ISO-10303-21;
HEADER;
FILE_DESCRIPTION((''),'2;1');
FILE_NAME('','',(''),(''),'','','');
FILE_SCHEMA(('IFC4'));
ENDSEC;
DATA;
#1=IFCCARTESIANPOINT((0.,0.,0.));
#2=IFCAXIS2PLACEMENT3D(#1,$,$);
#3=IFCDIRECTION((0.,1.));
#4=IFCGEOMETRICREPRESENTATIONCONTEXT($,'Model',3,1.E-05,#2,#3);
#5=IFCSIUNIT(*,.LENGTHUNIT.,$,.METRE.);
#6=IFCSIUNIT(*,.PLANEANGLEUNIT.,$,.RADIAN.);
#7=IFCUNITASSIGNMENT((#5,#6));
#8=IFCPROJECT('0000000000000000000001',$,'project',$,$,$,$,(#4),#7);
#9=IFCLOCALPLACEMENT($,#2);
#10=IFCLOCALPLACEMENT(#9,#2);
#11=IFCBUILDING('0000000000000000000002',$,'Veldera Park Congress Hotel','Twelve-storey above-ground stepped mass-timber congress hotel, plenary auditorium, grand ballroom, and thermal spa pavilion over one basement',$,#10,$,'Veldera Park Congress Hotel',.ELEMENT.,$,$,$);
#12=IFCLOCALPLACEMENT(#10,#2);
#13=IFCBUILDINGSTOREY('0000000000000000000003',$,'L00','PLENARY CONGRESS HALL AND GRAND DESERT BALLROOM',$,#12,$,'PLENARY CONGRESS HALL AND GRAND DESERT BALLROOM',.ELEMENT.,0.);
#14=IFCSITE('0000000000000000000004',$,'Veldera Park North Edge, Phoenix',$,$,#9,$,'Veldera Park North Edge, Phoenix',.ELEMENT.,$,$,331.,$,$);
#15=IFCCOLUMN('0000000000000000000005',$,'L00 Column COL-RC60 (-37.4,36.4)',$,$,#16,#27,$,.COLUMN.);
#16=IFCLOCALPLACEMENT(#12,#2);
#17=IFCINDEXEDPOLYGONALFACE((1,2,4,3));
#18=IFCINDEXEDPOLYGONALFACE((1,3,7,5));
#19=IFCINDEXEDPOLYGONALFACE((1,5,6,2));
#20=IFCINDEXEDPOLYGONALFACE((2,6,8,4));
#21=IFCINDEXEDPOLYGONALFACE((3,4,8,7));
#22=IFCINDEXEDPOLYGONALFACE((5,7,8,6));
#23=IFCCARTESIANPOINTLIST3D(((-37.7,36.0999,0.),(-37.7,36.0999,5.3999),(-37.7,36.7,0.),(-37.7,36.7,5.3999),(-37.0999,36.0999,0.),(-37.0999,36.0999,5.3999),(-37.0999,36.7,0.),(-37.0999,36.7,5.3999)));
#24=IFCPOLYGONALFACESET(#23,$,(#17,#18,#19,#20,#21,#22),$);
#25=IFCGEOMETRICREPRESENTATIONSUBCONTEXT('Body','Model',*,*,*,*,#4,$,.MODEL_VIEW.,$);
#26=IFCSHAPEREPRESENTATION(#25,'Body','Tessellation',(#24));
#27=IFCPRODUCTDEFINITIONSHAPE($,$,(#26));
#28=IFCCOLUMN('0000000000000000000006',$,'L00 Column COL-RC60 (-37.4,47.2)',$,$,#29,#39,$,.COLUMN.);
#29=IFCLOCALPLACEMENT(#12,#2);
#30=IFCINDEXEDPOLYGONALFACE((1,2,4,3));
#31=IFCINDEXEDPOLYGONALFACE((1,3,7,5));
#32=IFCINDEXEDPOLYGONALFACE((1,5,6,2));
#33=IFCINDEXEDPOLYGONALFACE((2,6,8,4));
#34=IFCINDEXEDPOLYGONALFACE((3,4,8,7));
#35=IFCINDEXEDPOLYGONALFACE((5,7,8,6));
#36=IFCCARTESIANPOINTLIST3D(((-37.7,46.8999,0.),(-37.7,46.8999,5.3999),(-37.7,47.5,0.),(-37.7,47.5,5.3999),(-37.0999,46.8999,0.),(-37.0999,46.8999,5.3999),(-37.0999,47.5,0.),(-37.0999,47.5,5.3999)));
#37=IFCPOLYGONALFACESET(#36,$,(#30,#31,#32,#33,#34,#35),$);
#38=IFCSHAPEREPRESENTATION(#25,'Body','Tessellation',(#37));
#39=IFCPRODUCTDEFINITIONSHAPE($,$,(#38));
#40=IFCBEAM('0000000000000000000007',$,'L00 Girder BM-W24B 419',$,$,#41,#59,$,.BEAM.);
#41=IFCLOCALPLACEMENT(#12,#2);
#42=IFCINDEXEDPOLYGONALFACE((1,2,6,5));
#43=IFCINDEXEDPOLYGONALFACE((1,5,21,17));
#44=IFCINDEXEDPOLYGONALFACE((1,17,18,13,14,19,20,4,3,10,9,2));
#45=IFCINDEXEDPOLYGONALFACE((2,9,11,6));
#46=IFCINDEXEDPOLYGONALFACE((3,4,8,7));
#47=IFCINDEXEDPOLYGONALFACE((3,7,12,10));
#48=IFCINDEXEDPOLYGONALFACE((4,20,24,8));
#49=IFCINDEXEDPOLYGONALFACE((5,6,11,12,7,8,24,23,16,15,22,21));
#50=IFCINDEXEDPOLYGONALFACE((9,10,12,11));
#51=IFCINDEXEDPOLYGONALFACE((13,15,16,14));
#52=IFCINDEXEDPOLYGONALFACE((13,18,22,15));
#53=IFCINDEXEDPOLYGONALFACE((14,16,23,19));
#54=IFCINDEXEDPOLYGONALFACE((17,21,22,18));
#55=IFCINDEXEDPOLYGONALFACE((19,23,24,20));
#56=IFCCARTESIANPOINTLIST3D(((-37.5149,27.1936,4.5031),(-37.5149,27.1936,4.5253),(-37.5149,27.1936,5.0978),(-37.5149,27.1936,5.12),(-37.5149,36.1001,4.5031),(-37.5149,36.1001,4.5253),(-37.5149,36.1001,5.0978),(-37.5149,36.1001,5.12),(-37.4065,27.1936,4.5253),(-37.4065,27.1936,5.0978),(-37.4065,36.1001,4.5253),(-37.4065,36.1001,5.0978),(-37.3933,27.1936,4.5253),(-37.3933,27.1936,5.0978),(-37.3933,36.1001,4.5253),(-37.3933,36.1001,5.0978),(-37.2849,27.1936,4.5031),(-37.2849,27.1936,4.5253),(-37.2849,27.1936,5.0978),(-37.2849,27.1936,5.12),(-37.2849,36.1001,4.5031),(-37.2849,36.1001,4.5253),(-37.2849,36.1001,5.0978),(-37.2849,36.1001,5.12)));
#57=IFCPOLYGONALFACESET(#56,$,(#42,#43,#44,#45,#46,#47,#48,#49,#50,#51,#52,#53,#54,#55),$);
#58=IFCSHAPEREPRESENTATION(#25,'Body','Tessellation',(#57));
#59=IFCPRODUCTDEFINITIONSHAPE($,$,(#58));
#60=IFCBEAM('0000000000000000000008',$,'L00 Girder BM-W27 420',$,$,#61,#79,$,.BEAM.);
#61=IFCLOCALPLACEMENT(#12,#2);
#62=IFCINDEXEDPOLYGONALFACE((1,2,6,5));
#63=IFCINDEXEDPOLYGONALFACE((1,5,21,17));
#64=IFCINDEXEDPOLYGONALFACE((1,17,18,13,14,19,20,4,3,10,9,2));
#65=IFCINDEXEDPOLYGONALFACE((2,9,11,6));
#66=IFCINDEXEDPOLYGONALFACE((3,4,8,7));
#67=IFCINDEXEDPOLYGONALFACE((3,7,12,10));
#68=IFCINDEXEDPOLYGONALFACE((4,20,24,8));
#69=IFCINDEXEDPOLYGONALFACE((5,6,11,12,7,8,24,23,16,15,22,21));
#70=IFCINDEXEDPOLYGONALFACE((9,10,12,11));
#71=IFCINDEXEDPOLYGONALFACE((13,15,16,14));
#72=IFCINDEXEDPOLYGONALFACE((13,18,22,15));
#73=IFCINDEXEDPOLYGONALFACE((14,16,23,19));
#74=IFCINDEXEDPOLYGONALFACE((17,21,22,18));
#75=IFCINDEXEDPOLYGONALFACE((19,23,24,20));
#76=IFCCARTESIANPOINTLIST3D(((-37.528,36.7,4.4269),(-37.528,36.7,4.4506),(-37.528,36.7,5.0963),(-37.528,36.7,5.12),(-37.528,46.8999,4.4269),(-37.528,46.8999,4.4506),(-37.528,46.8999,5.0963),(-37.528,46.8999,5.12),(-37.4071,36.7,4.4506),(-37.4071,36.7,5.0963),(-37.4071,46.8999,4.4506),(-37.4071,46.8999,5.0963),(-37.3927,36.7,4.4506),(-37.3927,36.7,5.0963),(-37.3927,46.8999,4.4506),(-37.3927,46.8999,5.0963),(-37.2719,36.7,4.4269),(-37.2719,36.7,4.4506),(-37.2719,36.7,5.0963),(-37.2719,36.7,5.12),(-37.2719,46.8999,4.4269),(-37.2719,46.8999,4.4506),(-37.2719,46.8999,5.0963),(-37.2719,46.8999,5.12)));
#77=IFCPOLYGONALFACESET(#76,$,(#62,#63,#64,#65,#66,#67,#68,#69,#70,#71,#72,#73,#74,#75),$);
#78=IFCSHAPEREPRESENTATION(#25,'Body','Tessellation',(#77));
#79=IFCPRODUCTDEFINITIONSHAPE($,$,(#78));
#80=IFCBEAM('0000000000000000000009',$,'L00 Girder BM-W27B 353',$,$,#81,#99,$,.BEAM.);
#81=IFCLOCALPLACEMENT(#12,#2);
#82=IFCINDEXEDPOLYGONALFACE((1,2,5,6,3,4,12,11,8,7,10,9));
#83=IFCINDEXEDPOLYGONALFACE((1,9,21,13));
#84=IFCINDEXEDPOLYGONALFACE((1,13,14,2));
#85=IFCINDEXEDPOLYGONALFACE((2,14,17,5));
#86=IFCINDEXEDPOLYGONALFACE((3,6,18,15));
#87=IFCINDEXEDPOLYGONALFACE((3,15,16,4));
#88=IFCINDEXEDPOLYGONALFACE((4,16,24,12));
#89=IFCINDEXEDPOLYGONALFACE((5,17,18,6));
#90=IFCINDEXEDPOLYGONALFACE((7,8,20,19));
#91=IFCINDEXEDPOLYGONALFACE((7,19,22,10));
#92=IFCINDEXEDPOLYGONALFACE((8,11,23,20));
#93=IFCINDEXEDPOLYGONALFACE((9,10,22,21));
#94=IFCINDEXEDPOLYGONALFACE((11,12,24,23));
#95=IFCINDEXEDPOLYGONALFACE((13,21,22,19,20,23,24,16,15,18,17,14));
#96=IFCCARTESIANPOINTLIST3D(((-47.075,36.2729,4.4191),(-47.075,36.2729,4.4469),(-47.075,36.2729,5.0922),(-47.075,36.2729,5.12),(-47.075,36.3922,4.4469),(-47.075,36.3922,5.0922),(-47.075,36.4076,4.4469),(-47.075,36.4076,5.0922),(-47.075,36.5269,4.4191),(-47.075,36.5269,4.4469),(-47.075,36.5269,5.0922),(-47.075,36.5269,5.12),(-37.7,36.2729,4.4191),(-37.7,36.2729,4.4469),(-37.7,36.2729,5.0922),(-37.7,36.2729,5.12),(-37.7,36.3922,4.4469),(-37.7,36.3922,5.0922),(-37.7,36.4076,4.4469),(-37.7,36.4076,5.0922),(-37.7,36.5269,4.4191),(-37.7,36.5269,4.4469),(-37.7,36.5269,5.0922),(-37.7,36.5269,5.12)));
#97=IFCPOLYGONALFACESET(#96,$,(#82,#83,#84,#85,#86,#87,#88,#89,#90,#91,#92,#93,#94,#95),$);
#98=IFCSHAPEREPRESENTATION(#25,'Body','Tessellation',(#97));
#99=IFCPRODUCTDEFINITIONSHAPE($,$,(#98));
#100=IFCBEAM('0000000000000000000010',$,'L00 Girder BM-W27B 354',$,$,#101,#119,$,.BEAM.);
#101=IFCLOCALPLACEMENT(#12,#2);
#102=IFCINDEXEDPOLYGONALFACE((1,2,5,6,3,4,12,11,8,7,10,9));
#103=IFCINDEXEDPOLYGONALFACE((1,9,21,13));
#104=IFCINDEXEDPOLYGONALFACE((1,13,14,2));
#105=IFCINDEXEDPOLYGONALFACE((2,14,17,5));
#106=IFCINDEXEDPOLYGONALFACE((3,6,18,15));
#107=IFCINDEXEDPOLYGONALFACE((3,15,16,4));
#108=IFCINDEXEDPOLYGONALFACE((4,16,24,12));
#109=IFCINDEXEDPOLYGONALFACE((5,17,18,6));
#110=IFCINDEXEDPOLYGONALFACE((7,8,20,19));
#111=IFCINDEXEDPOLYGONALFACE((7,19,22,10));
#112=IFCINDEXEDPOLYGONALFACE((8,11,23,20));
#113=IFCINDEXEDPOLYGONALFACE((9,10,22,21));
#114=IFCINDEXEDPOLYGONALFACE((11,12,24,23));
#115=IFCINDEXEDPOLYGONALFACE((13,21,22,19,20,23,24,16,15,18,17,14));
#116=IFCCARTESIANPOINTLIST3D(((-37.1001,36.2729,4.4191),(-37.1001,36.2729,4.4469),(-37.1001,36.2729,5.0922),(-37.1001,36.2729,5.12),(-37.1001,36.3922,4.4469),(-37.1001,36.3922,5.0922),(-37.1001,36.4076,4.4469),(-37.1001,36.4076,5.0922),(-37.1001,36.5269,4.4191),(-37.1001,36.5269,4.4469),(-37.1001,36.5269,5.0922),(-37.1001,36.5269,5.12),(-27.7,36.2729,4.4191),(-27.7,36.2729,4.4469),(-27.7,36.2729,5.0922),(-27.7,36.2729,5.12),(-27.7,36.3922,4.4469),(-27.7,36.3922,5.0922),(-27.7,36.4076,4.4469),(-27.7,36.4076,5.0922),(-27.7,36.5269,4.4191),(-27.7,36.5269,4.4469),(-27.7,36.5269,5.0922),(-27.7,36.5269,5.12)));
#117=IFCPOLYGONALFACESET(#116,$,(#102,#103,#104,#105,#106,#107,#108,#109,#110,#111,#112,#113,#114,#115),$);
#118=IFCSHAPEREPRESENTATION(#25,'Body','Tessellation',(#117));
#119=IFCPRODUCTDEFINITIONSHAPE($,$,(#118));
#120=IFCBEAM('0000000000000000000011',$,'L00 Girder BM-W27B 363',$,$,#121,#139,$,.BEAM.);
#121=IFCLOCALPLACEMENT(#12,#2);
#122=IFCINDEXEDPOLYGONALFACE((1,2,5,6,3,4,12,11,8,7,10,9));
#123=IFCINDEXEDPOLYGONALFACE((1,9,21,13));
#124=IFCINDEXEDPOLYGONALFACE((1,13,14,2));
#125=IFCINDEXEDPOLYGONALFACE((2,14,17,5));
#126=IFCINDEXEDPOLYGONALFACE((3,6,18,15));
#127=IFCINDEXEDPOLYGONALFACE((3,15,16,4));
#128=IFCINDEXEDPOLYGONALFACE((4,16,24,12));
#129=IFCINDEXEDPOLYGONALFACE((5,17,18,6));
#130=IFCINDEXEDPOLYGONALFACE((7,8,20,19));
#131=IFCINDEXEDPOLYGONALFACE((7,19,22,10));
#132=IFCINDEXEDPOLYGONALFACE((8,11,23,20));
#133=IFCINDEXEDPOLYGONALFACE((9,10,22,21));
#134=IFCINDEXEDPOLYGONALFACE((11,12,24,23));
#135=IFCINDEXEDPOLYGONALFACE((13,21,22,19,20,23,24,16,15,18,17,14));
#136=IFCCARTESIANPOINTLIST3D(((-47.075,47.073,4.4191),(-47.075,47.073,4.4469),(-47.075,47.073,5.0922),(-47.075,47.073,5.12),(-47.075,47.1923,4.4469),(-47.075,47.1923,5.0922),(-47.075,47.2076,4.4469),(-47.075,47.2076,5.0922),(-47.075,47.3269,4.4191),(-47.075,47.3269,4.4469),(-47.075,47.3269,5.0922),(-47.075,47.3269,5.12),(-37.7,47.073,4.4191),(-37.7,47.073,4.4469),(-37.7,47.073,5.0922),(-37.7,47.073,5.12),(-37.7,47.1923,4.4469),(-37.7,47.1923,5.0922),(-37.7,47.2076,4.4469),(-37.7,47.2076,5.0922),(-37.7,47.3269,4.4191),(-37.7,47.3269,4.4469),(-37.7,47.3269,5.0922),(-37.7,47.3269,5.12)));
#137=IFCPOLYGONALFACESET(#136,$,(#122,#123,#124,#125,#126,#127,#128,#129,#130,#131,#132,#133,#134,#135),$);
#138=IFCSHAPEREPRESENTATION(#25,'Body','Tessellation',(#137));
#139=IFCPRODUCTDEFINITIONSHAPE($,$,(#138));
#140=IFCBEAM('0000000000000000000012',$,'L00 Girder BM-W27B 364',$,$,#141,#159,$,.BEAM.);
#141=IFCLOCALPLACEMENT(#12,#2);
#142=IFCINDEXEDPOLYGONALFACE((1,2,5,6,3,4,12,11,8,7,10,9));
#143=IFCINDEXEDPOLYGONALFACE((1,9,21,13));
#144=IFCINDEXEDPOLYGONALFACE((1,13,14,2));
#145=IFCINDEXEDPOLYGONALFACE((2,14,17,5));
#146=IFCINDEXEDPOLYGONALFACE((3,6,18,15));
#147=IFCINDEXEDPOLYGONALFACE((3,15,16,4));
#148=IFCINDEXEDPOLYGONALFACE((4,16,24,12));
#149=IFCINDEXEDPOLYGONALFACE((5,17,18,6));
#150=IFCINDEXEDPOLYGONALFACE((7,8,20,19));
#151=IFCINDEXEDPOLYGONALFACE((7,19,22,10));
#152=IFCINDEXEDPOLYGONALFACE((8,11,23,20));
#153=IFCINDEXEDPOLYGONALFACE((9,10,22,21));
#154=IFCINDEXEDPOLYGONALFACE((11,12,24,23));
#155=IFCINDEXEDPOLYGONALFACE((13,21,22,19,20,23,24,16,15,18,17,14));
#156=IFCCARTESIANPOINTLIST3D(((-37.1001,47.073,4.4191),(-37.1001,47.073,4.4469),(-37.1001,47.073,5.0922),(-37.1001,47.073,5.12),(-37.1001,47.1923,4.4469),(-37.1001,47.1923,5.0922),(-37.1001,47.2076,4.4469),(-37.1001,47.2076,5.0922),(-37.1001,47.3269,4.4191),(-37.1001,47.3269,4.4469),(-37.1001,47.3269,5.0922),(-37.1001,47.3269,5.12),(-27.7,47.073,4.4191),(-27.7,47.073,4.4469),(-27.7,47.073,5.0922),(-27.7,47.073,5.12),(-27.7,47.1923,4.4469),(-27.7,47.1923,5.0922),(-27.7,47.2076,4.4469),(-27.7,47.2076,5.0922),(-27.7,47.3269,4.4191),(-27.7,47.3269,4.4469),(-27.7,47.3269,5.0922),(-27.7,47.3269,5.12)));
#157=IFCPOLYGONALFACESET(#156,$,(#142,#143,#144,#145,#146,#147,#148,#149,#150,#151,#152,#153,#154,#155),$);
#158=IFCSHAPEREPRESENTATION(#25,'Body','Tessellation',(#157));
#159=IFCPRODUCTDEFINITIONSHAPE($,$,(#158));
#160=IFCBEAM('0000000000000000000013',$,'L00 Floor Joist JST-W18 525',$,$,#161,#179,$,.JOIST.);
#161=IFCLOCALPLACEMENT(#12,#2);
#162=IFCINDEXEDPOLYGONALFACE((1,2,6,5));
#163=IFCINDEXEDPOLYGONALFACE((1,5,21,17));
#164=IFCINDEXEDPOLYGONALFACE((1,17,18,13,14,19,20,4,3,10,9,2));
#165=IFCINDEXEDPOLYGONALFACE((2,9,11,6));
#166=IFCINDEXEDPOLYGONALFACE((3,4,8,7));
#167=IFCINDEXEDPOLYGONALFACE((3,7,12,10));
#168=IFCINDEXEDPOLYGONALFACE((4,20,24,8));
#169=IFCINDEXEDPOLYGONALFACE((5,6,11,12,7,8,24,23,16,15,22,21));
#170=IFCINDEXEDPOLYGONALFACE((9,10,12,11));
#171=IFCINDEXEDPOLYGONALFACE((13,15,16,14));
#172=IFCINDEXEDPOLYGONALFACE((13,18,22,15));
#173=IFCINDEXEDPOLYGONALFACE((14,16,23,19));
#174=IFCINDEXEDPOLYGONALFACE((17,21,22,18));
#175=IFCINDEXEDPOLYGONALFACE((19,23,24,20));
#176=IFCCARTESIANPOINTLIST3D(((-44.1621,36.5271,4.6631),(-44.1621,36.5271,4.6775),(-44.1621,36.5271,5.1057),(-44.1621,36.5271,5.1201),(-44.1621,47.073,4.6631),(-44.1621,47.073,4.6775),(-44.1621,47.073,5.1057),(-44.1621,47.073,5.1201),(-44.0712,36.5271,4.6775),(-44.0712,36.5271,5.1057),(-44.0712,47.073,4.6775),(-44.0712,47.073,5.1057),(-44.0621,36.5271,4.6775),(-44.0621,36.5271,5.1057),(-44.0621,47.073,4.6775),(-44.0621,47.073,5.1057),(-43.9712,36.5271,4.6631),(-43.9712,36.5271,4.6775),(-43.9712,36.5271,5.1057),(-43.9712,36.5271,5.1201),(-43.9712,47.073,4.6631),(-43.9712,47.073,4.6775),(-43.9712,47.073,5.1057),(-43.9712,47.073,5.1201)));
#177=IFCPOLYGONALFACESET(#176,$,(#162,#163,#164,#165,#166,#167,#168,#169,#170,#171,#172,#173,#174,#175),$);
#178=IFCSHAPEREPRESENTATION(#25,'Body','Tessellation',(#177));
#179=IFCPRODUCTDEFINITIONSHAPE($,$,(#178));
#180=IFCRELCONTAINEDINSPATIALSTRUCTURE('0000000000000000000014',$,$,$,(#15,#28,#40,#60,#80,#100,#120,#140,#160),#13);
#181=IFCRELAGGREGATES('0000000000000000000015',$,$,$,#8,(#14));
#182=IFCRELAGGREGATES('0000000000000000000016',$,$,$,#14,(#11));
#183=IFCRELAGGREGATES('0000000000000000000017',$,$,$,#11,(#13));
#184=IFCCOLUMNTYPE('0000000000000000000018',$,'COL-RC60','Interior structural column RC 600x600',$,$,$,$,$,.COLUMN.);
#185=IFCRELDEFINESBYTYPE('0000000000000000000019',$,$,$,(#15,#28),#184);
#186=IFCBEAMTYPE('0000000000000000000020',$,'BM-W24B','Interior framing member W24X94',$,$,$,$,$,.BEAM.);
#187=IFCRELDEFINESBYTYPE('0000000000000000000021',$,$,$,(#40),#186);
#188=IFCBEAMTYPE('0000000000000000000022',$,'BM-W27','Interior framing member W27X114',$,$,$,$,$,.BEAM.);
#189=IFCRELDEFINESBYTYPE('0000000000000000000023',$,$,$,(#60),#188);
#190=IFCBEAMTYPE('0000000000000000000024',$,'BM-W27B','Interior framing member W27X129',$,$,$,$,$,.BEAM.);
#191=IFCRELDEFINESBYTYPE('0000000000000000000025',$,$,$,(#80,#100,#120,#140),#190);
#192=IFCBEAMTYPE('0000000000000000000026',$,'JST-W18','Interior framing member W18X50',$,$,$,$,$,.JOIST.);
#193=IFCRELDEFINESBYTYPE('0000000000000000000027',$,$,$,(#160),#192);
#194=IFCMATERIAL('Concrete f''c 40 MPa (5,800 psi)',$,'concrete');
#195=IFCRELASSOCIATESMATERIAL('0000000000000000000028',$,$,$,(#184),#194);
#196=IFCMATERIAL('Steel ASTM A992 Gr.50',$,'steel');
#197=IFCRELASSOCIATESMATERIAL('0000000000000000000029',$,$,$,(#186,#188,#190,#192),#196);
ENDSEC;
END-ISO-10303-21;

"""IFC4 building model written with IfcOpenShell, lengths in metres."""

from ifc_helpers import new_model, si_unit, direction, frame, origin, origin_2d, place, context, subcontext, project, spatial, rectangle, i_section, extrude, material, material_profile, profile_set, type_object, element, save


model = new_model("IFC4")

# Units and contexts
model_context = context("Model", 3, precision=1e-05, world=origin(), true_north=direction((0.0, 1.0)))
body_context = subcontext(model_context, "Body", "Model", "MODEL_VIEW")
ifc_project = project(units=[si_unit("LENGTHUNIT", "METRE"), si_unit("PLANEANGLEUNIT", "RADIAN")], contexts=[model_context])

# Site, building, storey
site_placement = place(None, origin())
site = spatial("IfcSite", under=ifc_project, at=site_placement, Name="Veldera Park North Edge, Phoenix", LongName="Veldera Park North Edge, Phoenix", CompositionType="ELEMENT", RefElevation=331.0)
building_placement = place(site_placement, origin())
building = spatial("IfcBuilding", under=site, at=building_placement, Name="Veldera Park Congress Hotel", Description="Twelve-storey above-ground stepped mass-timber congress hotel, plenary auditorium, grand ballroom, and thermal spa pavilion over one basement", LongName="Veldera Park Congress Hotel", CompositionType="ELEMENT")
storey_placement = place(building_placement, origin())
storey = spatial("IfcBuildingStorey", under=building, at=storey_placement, Name="L00", Description="PLENARY CONGRESS HALL AND GRAND DESERT BALLROOM", LongName="PLENARY CONGRESS HALL AND GRAND DESERT BALLROOM", CompositionType="ELEMENT", Elevation=0.0)

# Columns
ifc_material_1 = material(Name="Concrete f'c 40 MPa (5,800 psi)", Category="concrete")
ifc_material_profile_1 = material_profile(ifc_material_1, rectangle(XDim=0.6001, YDim=0.6001, at=origin_2d()), Name="RC 600x600")
ifc_profile_set_1 = profile_set([ifc_material_profile_1], Name="Concrete f'c 40 MPa (5,800 psi)")
column_type = type_object("IfcColumnType", Name="COL-RC60", Description="Interior structural column RC 600x600", PredefinedType="COLUMN", material=ifc_profile_set_1)
for number, where, z_axis, x_axis, name in (
    (1, (-37.3999, 36.3999, 0.0), (0.0, 0.0, 1.0), (1.0, 0.0, 0.0), "L00 Column COL-RC60 (-37.4,36.4)"),
    (2, (-37.3999, 47.2, 0.0), (0.0, 0.0, 1.0), (1.0, 0.0, 0.0), "L00 Column COL-RC60 (-37.4,47.2)"),
):
    element("IfcColumn", number, at=place(storey_placement, frame(where, z_axis=z_axis, x_axis=x_axis)), inside=storey, type_object=column_type, Name=name, PredefinedType="COLUMN", context=body_context, shape_type="SweptSolid", body=[
        extrude(rectangle(XDim=0.6001, YDim=0.6001, at=origin_2d()), origin(), (0.0, 0.0, 1.0), 5.3999),
    ])

# Beams
ifc_material_2 = material(Name="Steel ASTM A992 Gr.50", Category="steel")
ifc_material_profile_2 = material_profile(ifc_material_2, i_section(OverallWidth=0.23, OverallDepth=0.6169, WebThickness=0.0132, FlangeThickness=0.0222, at=origin_2d()), Name="W24X94")
ifc_profile_set_2 = profile_set([ifc_material_profile_2], Name="Steel ASTM A992 Gr.50")
beam_type_1 = type_object("IfcBeamType", Name="BM-W24B", Description="Interior framing member W24X94", PredefinedType="BEAM", material=ifc_profile_set_2)
beam_1_placement = place(storey_placement, frame((-37.3999, 27.1936, 4.8115), z_axis=(0.0, 1.0, 0.0), x_axis=(-1.0, 0.0, 0.0)))
element("IfcBeam", 3, at=beam_1_placement, inside=storey, type_object=beam_type_1, Name="L00 Girder BM-W24B 419", PredefinedType="BEAM", context=body_context, shape_type="SweptSolid", body=[
    extrude(i_section(OverallWidth=0.23, OverallDepth=0.6169, WebThickness=0.0132, FlangeThickness=0.0222, at=origin_2d()), origin(), (0.0, 0.0, 1.0), 8.9065),
])
ifc_material_profile_3 = material_profile(ifc_material_2, i_section(OverallWidth=0.2561, OverallDepth=0.6931, WebThickness=0.0144, FlangeThickness=0.0237, at=origin_2d()), Name="W27X114")
ifc_profile_set_3 = profile_set([ifc_material_profile_3], Name="Steel ASTM A992 Gr.50")
beam_type_2 = type_object("IfcBeamType", Name="BM-W27", Description="Interior framing member W27X114", PredefinedType="BEAM", material=ifc_profile_set_3)
beam_2_placement = place(storey_placement, frame((-37.3999, 36.7, 4.7734), z_axis=(0.0, 1.0, 0.0), x_axis=(-1.0, 0.0, 0.0)))
element("IfcBeam", 4, at=beam_2_placement, inside=storey, type_object=beam_type_2, Name="L00 Girder BM-W27 420", PredefinedType="BEAM", context=body_context, shape_type="SweptSolid", body=[
    extrude(i_section(OverallWidth=0.2561, OverallDepth=0.6931, WebThickness=0.0144, FlangeThickness=0.0237, at=origin_2d()), origin(), (0.0, 0.0, 1.0), 10.2),
])
ifc_material_profile_4 = material_profile(ifc_material_2, i_section(OverallWidth=0.2539, OverallDepth=0.7009, WebThickness=0.0154, FlangeThickness=0.0278, at=origin_2d()), Name="W27X129")
ifc_profile_set_4 = profile_set([ifc_material_profile_4], Name="Steel ASTM A992 Gr.50")
beam_type_3 = type_object("IfcBeamType", Name="BM-W27B", Description="Interior framing member W27X129", PredefinedType="BEAM", material=ifc_profile_set_4)
beam_3_placement = place(storey_placement, frame((-47.075, 36.3999, 4.7695), z_axis=(1.0, 0.0, 0.0), x_axis=(0.0, 1.0, 0.0)))
element("IfcBeam", 5, at=beam_3_placement, inside=storey, type_object=beam_type_3, Name="L00 Girder BM-W27B 353", PredefinedType="BEAM", context=body_context, shape_type="SweptSolid", body=[
    extrude(i_section(OverallWidth=0.2539, OverallDepth=0.7009, WebThickness=0.0154, FlangeThickness=0.0278, at=origin_2d()), origin(), (0.0, 0.0, 1.0), 9.375),
])
beam_4_placement = place(storey_placement, frame((-37.1001, 36.3999, 4.7695), z_axis=(1.0, 0.0, 0.0), x_axis=(0.0, 1.0, 0.0)))
element("IfcBeam", 6, at=beam_4_placement, inside=storey, type_object=beam_type_3, Name="L00 Girder BM-W27B 354", PredefinedType="BEAM", context=body_context, shape_type="SweptSolid", body=[
    extrude(i_section(OverallWidth=0.2539, OverallDepth=0.7009, WebThickness=0.0154, FlangeThickness=0.0278, at=origin_2d()), origin(), (0.0, 0.0, 1.0), 9.4001),
])
beam_5_placement = place(storey_placement, frame((-47.075, 47.2, 4.7695), z_axis=(1.0, 0.0, 0.0), x_axis=(0.0, 1.0, 0.0)))
element("IfcBeam", 7, at=beam_5_placement, inside=storey, type_object=beam_type_3, Name="L00 Girder BM-W27B 363", PredefinedType="BEAM", context=body_context, shape_type="SweptSolid", body=[
    extrude(i_section(OverallWidth=0.2539, OverallDepth=0.7009, WebThickness=0.0154, FlangeThickness=0.0278, at=origin_2d()), origin(), (0.0, 0.0, 1.0), 9.375),
])
beam_6_placement = place(storey_placement, frame((-37.1001, 47.2, 4.7695), z_axis=(1.0, 0.0, 0.0), x_axis=(0.0, 1.0, 0.0)))
element("IfcBeam", 8, at=beam_6_placement, inside=storey, type_object=beam_type_3, Name="L00 Girder BM-W27B 364", PredefinedType="BEAM", context=body_context, shape_type="SweptSolid", body=[
    extrude(i_section(OverallWidth=0.2539, OverallDepth=0.7009, WebThickness=0.0154, FlangeThickness=0.0278, at=origin_2d()), origin(), (0.0, 0.0, 1.0), 9.4001),
])
ifc_material_profile_5 = material_profile(ifc_material_2, i_section(OverallWidth=0.1909, OverallDepth=0.457, WebThickness=0.009, FlangeThickness=0.0144, at=origin_2d()), Name="W18X50")
ifc_profile_set_5 = profile_set([ifc_material_profile_5], Name="Steel ASTM A992 Gr.50")
beam_type_4 = type_object("IfcBeamType", Name="JST-W18", Description="Interior framing member W18X50", PredefinedType="JOIST", material=ifc_profile_set_5)
for number, where, z_axis, x_axis, name in (
    (9, (-44.0667, 36.5271, 4.8916), (0.0, 1.0, 0.0), (-1.0, 0.0, 0.0), "L00 Floor Joist JST-W18 525"),
):
    element("IfcBeam", number, at=place(storey_placement, frame(where, z_axis=z_axis, x_axis=x_axis)), inside=storey, type_object=beam_type_4, Name=name, PredefinedType="JOIST", context=body_context, shape_type="SweptSolid", body=[
        extrude(i_section(OverallWidth=0.1909, OverallDepth=0.457, WebThickness=0.009, FlangeThickness=0.0144, at=origin_2d()), origin(), (0.0, 0.0, 1.0), 10.5459),
    ])

save(model, "model.ifc")
